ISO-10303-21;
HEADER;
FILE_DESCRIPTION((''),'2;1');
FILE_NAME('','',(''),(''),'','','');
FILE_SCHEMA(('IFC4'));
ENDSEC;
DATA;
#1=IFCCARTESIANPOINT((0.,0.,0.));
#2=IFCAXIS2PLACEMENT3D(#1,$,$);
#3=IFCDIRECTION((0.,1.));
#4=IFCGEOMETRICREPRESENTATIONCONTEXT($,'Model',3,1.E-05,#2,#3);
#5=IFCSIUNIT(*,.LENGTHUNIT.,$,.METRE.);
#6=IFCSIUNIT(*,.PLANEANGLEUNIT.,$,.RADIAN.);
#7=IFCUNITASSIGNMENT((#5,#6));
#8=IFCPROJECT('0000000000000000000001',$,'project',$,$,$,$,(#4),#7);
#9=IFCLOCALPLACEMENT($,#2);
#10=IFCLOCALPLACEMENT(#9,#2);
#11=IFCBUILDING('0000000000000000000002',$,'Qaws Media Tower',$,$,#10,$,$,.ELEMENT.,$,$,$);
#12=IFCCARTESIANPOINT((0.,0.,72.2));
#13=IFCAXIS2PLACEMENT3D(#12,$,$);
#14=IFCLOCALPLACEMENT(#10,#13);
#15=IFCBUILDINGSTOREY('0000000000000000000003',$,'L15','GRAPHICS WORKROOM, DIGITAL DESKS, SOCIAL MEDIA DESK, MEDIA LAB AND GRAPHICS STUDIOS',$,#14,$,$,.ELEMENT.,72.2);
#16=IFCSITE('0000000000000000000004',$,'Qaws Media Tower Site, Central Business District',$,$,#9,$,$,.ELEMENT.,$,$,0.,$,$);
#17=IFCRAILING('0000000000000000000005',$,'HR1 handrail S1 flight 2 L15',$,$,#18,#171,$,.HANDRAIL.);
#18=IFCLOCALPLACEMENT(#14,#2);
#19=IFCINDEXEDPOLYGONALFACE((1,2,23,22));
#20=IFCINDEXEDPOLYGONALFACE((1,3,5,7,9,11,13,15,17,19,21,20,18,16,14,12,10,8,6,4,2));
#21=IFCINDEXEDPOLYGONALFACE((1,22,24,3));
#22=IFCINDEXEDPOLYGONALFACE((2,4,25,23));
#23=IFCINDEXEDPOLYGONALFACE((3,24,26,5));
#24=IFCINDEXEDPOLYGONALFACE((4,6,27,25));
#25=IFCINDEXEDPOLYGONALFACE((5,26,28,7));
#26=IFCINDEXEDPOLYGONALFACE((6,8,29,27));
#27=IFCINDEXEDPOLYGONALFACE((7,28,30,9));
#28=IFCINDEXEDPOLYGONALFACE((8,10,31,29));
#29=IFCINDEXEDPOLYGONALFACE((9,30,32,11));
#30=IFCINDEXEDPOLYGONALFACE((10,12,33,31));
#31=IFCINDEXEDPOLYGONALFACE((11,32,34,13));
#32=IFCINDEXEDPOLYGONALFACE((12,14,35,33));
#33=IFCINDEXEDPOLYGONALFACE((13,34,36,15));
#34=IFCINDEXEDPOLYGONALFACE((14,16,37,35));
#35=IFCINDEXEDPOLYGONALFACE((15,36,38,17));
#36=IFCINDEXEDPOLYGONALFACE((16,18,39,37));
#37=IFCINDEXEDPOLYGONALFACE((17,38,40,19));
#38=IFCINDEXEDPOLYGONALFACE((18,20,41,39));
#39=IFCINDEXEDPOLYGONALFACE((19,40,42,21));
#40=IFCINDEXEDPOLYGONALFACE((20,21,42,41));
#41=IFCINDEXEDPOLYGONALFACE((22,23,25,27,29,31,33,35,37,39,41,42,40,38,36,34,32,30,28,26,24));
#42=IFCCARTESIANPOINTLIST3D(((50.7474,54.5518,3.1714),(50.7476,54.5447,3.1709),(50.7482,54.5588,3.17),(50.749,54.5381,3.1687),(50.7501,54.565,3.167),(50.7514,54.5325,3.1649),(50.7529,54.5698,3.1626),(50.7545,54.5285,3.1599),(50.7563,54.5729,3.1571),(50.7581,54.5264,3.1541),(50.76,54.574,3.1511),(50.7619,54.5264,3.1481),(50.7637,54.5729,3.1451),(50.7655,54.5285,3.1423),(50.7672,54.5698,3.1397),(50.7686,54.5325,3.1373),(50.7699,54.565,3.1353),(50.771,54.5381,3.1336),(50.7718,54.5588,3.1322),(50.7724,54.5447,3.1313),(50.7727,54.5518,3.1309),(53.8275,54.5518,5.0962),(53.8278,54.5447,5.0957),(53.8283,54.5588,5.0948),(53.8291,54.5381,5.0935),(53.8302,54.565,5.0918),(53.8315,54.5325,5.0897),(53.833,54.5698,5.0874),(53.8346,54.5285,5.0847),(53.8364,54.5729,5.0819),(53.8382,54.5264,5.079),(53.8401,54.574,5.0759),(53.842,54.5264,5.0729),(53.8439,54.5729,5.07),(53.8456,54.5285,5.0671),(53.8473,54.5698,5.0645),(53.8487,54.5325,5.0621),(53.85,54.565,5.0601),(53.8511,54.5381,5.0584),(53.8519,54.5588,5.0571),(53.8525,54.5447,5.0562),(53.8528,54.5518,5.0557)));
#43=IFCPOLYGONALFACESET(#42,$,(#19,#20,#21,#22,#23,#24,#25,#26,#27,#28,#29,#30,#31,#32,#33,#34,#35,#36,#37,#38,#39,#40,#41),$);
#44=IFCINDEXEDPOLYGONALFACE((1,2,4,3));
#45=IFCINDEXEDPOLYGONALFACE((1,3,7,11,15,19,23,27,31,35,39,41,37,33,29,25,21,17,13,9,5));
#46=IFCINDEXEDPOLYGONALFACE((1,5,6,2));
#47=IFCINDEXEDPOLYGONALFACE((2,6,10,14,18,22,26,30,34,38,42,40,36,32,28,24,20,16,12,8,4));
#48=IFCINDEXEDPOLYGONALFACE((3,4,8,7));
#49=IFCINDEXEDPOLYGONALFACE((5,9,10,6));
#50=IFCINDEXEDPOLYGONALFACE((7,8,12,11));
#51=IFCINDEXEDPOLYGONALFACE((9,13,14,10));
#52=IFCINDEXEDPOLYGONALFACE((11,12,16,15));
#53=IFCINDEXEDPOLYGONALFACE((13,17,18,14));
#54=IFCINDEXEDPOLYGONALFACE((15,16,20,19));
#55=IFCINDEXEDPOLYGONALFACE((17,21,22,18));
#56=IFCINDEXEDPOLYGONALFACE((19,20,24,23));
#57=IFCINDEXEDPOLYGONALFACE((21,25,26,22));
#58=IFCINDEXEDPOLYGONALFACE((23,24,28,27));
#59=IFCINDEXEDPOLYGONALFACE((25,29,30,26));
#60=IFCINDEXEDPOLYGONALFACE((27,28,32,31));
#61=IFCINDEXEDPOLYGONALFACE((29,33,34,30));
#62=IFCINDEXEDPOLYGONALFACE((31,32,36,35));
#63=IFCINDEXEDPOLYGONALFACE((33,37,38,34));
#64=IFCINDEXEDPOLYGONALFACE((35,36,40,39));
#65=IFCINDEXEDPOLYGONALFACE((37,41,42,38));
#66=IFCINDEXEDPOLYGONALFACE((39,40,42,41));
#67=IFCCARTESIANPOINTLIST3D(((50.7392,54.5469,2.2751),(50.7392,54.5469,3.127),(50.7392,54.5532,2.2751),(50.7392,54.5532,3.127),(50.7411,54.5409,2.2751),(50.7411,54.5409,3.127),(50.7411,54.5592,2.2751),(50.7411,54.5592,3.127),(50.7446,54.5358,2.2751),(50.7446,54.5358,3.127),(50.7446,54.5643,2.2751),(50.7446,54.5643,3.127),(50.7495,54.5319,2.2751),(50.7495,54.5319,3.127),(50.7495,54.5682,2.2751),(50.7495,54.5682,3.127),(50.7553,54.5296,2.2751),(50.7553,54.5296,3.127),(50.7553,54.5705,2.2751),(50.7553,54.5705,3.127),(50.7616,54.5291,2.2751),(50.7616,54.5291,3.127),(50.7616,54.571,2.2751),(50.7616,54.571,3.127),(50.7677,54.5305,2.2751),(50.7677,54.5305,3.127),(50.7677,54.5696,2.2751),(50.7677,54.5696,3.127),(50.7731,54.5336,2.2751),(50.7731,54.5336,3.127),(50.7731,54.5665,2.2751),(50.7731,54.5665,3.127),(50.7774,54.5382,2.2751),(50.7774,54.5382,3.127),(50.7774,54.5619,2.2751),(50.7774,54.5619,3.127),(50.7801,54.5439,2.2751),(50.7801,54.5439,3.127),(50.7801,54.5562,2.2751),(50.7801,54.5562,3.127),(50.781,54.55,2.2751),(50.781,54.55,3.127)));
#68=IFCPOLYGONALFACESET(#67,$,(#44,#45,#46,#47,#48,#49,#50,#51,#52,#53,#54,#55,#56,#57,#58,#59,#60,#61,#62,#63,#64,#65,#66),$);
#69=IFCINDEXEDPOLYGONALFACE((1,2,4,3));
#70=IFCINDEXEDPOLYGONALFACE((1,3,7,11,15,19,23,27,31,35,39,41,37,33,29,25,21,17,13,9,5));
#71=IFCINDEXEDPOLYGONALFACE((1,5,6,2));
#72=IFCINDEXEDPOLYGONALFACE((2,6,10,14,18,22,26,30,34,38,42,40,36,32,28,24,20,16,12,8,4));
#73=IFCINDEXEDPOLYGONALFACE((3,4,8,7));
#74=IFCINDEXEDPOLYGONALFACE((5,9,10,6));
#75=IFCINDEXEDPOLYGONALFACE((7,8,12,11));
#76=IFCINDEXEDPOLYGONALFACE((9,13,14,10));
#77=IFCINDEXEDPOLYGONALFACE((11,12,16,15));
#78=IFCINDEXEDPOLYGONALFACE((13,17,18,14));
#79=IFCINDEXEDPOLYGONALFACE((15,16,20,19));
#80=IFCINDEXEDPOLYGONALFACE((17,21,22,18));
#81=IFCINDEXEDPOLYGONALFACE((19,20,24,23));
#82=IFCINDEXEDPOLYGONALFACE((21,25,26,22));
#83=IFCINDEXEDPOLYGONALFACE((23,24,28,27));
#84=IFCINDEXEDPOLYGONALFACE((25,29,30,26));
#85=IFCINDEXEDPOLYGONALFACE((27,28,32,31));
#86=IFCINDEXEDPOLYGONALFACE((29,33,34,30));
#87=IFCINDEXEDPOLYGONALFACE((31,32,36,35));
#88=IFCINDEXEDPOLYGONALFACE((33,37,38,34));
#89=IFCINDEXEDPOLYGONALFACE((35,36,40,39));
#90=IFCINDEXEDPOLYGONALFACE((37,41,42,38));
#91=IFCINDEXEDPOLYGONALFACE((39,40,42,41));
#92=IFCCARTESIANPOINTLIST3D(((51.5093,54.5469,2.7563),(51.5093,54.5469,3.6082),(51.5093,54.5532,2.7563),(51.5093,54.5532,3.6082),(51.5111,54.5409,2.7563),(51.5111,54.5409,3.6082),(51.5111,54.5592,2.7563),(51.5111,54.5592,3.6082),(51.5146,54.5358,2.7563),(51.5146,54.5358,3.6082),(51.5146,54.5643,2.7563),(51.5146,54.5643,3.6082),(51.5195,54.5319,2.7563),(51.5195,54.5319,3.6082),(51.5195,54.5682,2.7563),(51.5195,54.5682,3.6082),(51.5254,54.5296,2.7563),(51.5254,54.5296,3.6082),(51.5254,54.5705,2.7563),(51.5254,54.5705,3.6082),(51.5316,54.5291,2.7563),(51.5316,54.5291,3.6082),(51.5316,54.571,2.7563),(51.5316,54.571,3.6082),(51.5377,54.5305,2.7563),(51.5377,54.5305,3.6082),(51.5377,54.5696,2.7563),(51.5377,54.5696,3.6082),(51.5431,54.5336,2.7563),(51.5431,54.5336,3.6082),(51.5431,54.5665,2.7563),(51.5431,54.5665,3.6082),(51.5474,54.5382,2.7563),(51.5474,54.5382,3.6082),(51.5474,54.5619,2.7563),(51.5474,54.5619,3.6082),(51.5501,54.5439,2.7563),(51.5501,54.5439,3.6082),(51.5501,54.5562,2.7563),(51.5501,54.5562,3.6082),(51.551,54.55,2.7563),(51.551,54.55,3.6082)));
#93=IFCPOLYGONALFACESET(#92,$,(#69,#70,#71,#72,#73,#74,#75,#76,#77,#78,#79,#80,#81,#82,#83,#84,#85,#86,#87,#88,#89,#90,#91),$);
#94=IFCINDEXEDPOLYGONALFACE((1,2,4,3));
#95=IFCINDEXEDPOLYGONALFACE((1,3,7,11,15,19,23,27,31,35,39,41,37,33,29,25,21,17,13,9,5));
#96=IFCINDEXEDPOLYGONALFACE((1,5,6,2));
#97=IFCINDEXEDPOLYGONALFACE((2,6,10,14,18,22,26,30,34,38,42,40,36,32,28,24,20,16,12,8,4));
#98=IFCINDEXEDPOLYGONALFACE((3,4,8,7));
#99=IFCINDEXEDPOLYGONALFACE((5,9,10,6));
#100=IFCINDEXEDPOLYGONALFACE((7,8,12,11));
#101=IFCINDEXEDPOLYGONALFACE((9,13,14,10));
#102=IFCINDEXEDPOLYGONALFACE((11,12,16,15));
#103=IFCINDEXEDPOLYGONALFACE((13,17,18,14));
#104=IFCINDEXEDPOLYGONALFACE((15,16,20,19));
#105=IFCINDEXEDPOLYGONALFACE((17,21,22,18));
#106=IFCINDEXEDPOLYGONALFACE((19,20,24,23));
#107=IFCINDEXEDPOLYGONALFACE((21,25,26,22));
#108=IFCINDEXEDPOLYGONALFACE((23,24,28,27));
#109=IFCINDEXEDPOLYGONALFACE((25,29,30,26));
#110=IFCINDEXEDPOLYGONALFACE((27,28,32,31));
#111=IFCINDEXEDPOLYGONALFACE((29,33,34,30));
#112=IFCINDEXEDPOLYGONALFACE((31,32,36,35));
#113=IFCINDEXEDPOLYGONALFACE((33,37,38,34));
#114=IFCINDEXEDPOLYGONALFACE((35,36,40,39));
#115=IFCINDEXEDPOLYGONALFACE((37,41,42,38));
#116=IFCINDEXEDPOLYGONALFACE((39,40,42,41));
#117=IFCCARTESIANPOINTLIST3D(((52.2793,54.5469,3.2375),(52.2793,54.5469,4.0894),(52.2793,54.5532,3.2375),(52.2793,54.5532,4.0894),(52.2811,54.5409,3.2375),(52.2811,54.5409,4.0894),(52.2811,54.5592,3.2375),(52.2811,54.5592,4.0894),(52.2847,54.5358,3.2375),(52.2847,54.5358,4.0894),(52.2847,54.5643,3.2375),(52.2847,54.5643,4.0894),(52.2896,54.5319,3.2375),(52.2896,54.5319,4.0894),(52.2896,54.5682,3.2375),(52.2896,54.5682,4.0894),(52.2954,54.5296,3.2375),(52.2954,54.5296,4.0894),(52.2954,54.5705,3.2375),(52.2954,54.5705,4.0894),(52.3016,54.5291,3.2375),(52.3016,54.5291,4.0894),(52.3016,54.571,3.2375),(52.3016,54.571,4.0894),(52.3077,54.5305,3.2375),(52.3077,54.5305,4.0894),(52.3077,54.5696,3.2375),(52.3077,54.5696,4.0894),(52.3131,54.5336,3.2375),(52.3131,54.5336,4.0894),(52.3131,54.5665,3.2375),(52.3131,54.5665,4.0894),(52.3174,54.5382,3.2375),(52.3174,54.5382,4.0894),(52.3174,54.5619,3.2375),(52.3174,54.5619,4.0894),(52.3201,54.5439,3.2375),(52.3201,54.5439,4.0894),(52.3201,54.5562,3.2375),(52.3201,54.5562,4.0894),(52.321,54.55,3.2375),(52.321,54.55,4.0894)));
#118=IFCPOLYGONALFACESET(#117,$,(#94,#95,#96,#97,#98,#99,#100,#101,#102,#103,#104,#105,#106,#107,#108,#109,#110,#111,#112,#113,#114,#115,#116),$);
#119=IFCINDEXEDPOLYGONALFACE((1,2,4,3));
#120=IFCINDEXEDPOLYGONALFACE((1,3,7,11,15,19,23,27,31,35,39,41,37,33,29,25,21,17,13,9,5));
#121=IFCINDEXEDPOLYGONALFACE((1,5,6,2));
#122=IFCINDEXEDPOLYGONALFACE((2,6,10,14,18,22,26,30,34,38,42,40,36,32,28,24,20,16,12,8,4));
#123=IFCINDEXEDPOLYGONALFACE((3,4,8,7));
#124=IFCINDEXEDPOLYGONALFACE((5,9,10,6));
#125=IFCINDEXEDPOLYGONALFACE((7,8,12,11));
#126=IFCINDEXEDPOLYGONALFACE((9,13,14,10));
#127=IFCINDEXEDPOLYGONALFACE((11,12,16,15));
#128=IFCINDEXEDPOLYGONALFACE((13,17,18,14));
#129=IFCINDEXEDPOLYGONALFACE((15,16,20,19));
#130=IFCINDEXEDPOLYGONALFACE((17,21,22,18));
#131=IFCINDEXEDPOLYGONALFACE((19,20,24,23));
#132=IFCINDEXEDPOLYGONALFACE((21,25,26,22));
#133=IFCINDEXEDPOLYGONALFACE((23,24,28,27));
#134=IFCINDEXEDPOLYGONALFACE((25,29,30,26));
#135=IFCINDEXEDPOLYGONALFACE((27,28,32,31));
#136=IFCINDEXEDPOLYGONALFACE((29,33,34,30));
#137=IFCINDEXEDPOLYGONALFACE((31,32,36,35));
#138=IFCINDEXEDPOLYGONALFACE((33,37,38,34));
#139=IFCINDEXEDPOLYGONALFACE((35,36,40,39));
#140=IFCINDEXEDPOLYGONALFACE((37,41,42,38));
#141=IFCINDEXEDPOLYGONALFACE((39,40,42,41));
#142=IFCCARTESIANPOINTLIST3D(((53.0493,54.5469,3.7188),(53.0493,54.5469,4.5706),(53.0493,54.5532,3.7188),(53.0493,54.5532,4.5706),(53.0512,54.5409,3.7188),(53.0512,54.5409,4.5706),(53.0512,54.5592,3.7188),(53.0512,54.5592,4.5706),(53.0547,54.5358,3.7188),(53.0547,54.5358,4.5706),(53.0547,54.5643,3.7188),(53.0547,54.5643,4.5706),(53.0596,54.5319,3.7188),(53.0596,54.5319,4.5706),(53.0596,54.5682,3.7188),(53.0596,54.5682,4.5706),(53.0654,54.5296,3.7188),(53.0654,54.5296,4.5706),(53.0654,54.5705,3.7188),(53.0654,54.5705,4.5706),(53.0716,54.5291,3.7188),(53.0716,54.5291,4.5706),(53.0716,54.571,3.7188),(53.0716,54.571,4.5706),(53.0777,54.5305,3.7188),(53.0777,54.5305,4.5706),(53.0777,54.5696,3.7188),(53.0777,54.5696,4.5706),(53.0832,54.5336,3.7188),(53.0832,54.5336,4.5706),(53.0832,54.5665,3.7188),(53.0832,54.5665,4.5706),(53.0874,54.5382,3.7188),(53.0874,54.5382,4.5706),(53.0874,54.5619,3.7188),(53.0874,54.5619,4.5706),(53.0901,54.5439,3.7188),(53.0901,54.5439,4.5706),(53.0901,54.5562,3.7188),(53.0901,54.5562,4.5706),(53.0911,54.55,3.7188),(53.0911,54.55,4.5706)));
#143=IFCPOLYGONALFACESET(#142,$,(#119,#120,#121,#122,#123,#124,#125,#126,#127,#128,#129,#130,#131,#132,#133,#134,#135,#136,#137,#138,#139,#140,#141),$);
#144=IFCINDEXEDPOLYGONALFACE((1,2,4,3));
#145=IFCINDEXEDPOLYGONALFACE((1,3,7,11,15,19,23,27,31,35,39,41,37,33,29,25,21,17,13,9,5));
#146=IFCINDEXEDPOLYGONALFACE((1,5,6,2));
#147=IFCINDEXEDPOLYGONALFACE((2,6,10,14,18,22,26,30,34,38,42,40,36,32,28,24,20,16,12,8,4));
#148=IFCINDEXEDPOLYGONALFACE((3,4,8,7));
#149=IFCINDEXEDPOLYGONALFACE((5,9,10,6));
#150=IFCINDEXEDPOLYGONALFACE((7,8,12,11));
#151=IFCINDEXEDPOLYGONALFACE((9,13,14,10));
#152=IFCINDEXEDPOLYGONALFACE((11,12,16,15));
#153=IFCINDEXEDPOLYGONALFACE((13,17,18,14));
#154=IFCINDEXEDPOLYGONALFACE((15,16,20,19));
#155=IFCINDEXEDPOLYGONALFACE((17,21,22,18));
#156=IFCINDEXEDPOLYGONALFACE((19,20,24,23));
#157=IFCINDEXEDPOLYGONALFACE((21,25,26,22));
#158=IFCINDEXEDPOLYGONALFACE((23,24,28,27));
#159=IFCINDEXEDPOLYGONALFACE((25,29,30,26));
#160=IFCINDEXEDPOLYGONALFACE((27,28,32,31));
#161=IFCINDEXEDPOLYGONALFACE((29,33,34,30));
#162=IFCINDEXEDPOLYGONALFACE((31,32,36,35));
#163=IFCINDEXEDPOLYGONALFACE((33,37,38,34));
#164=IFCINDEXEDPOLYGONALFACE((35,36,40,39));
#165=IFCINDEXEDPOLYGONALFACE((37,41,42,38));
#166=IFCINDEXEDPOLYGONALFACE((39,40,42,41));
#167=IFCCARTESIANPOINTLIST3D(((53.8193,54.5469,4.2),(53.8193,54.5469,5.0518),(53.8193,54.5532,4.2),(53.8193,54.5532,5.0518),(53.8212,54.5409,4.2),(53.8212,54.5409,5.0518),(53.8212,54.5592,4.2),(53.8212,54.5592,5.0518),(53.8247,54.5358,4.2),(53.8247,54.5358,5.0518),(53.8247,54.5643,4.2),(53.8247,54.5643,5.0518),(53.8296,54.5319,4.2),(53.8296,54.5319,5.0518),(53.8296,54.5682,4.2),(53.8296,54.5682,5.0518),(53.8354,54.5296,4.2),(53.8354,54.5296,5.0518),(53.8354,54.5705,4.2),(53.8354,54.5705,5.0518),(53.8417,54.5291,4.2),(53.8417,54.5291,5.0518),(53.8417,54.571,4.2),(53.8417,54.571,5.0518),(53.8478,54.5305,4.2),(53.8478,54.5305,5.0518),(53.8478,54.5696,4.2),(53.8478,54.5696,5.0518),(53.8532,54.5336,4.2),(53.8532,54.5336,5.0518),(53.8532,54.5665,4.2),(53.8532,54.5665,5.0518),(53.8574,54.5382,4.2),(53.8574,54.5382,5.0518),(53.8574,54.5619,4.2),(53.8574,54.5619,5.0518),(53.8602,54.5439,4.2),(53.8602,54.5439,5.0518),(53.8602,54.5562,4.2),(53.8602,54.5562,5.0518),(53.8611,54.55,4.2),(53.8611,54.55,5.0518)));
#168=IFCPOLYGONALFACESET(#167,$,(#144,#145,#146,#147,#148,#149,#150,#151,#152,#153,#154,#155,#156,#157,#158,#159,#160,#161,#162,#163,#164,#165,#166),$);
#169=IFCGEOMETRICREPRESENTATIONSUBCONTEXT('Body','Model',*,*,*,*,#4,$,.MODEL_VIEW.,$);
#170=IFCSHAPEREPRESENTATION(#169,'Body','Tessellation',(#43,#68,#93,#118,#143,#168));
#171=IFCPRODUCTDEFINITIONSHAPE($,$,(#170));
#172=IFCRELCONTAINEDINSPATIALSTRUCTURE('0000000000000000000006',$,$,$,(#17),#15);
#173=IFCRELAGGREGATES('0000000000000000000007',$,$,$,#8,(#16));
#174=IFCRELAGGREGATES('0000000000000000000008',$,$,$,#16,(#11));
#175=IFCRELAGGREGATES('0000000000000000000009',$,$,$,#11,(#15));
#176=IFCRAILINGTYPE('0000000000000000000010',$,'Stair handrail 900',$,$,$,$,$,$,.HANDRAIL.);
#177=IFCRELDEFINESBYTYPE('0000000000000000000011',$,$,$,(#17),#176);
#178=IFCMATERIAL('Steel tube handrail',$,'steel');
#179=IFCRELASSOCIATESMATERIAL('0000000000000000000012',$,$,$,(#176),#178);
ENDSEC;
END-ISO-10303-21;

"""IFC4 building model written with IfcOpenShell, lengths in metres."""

from ifc_helpers import new_model, si_unit, direction, frame, origin, origin_2d, place, context, subcontext, project, spatial, circle, extrude, material, type_object, element, save


model = new_model("IFC4")

# Units and contexts
model_context = context("Model", 3, precision=1e-05, world=origin(), true_north=direction((0.0, 1.0)))
body_context = subcontext(model_context, "Body", "Model", "MODEL_VIEW")
ifc_project = project(units=[si_unit("LENGTHUNIT", "METRE"), si_unit("PLANEANGLEUNIT", "RADIAN")], contexts=[model_context])

# Site, building, storey
site_placement = place(None, origin())
site = spatial("IfcSite", under=ifc_project, at=site_placement, Name="Qaws Media Tower Site, Central Business District", CompositionType="ELEMENT", RefElevation=0.0)
building_placement = place(site_placement, origin())
building = spatial("IfcBuilding", under=site, at=building_placement, Name="Qaws Media Tower", CompositionType="ELEMENT")
storey_placement = place(building_placement, frame((0.0, 0.0, 72.2)))
storey = spatial("IfcBuildingStorey", under=building, at=storey_placement, Name="L15", Description="GRAPHICS WORKROOM, DIGITAL DESKS, SOCIAL MEDIA DESK, MEDIA LAB AND GRAPHICS STUDIOS", CompositionType="ELEMENT", Elevation=72.2)

# Railing
ifc_material_1 = material(Name="Steel tube handrail", Category="steel")
railing_type = type_object("IfcRailingType", Name="Stair handrail 900", PredefinedType="HANDRAIL", material=ifc_material_1)
for number, where, name in (
    (1, (50.76, 54.55, 2.2751), "HR1 handrail S1 flight 2 L15"),
):
    element("IfcRailing", number, at=place(storey_placement, frame(where)), inside=storey, type_object=railing_type, Name=name, PredefinedType="HANDRAIL", context=body_context, shape_type="SweptSolid", body=[
        extrude(circle(Radius=0.0239, at=origin_2d()), frame((0.0, 0.0, 0.876), z_axis=(0.848029, 0.0, 0.529951), x_axis=(0.0, 1.0, 0.0)), (0.0, 0.0, 1.0), 3.6321),
        extrude(circle(Radius=0.021, at=origin_2d()), origin(), (0.0, 0.0, 1.0), 0.8518),
        extrude(circle(Radius=0.021, at=origin_2d()), frame((0.77, 0.0, 0.4812)), (0.0, 0.0, 1.0), 0.8518),
        extrude(circle(Radius=0.021, at=origin_2d()), frame((1.54, 0.0, 0.9624)), (0.0, 0.0, 1.0), 0.8518),
        extrude(circle(Radius=0.021, at=origin_2d()), frame((2.3101, 0.0, 1.4436)), (0.0, 0.0, 1.0), 0.8518),
        extrude(circle(Radius=0.021, at=origin_2d()), frame((3.0801, 0.0, 1.9248)), (0.0, 0.0, 1.0), 0.8518),
    ])

save(model, "model.ifc")
